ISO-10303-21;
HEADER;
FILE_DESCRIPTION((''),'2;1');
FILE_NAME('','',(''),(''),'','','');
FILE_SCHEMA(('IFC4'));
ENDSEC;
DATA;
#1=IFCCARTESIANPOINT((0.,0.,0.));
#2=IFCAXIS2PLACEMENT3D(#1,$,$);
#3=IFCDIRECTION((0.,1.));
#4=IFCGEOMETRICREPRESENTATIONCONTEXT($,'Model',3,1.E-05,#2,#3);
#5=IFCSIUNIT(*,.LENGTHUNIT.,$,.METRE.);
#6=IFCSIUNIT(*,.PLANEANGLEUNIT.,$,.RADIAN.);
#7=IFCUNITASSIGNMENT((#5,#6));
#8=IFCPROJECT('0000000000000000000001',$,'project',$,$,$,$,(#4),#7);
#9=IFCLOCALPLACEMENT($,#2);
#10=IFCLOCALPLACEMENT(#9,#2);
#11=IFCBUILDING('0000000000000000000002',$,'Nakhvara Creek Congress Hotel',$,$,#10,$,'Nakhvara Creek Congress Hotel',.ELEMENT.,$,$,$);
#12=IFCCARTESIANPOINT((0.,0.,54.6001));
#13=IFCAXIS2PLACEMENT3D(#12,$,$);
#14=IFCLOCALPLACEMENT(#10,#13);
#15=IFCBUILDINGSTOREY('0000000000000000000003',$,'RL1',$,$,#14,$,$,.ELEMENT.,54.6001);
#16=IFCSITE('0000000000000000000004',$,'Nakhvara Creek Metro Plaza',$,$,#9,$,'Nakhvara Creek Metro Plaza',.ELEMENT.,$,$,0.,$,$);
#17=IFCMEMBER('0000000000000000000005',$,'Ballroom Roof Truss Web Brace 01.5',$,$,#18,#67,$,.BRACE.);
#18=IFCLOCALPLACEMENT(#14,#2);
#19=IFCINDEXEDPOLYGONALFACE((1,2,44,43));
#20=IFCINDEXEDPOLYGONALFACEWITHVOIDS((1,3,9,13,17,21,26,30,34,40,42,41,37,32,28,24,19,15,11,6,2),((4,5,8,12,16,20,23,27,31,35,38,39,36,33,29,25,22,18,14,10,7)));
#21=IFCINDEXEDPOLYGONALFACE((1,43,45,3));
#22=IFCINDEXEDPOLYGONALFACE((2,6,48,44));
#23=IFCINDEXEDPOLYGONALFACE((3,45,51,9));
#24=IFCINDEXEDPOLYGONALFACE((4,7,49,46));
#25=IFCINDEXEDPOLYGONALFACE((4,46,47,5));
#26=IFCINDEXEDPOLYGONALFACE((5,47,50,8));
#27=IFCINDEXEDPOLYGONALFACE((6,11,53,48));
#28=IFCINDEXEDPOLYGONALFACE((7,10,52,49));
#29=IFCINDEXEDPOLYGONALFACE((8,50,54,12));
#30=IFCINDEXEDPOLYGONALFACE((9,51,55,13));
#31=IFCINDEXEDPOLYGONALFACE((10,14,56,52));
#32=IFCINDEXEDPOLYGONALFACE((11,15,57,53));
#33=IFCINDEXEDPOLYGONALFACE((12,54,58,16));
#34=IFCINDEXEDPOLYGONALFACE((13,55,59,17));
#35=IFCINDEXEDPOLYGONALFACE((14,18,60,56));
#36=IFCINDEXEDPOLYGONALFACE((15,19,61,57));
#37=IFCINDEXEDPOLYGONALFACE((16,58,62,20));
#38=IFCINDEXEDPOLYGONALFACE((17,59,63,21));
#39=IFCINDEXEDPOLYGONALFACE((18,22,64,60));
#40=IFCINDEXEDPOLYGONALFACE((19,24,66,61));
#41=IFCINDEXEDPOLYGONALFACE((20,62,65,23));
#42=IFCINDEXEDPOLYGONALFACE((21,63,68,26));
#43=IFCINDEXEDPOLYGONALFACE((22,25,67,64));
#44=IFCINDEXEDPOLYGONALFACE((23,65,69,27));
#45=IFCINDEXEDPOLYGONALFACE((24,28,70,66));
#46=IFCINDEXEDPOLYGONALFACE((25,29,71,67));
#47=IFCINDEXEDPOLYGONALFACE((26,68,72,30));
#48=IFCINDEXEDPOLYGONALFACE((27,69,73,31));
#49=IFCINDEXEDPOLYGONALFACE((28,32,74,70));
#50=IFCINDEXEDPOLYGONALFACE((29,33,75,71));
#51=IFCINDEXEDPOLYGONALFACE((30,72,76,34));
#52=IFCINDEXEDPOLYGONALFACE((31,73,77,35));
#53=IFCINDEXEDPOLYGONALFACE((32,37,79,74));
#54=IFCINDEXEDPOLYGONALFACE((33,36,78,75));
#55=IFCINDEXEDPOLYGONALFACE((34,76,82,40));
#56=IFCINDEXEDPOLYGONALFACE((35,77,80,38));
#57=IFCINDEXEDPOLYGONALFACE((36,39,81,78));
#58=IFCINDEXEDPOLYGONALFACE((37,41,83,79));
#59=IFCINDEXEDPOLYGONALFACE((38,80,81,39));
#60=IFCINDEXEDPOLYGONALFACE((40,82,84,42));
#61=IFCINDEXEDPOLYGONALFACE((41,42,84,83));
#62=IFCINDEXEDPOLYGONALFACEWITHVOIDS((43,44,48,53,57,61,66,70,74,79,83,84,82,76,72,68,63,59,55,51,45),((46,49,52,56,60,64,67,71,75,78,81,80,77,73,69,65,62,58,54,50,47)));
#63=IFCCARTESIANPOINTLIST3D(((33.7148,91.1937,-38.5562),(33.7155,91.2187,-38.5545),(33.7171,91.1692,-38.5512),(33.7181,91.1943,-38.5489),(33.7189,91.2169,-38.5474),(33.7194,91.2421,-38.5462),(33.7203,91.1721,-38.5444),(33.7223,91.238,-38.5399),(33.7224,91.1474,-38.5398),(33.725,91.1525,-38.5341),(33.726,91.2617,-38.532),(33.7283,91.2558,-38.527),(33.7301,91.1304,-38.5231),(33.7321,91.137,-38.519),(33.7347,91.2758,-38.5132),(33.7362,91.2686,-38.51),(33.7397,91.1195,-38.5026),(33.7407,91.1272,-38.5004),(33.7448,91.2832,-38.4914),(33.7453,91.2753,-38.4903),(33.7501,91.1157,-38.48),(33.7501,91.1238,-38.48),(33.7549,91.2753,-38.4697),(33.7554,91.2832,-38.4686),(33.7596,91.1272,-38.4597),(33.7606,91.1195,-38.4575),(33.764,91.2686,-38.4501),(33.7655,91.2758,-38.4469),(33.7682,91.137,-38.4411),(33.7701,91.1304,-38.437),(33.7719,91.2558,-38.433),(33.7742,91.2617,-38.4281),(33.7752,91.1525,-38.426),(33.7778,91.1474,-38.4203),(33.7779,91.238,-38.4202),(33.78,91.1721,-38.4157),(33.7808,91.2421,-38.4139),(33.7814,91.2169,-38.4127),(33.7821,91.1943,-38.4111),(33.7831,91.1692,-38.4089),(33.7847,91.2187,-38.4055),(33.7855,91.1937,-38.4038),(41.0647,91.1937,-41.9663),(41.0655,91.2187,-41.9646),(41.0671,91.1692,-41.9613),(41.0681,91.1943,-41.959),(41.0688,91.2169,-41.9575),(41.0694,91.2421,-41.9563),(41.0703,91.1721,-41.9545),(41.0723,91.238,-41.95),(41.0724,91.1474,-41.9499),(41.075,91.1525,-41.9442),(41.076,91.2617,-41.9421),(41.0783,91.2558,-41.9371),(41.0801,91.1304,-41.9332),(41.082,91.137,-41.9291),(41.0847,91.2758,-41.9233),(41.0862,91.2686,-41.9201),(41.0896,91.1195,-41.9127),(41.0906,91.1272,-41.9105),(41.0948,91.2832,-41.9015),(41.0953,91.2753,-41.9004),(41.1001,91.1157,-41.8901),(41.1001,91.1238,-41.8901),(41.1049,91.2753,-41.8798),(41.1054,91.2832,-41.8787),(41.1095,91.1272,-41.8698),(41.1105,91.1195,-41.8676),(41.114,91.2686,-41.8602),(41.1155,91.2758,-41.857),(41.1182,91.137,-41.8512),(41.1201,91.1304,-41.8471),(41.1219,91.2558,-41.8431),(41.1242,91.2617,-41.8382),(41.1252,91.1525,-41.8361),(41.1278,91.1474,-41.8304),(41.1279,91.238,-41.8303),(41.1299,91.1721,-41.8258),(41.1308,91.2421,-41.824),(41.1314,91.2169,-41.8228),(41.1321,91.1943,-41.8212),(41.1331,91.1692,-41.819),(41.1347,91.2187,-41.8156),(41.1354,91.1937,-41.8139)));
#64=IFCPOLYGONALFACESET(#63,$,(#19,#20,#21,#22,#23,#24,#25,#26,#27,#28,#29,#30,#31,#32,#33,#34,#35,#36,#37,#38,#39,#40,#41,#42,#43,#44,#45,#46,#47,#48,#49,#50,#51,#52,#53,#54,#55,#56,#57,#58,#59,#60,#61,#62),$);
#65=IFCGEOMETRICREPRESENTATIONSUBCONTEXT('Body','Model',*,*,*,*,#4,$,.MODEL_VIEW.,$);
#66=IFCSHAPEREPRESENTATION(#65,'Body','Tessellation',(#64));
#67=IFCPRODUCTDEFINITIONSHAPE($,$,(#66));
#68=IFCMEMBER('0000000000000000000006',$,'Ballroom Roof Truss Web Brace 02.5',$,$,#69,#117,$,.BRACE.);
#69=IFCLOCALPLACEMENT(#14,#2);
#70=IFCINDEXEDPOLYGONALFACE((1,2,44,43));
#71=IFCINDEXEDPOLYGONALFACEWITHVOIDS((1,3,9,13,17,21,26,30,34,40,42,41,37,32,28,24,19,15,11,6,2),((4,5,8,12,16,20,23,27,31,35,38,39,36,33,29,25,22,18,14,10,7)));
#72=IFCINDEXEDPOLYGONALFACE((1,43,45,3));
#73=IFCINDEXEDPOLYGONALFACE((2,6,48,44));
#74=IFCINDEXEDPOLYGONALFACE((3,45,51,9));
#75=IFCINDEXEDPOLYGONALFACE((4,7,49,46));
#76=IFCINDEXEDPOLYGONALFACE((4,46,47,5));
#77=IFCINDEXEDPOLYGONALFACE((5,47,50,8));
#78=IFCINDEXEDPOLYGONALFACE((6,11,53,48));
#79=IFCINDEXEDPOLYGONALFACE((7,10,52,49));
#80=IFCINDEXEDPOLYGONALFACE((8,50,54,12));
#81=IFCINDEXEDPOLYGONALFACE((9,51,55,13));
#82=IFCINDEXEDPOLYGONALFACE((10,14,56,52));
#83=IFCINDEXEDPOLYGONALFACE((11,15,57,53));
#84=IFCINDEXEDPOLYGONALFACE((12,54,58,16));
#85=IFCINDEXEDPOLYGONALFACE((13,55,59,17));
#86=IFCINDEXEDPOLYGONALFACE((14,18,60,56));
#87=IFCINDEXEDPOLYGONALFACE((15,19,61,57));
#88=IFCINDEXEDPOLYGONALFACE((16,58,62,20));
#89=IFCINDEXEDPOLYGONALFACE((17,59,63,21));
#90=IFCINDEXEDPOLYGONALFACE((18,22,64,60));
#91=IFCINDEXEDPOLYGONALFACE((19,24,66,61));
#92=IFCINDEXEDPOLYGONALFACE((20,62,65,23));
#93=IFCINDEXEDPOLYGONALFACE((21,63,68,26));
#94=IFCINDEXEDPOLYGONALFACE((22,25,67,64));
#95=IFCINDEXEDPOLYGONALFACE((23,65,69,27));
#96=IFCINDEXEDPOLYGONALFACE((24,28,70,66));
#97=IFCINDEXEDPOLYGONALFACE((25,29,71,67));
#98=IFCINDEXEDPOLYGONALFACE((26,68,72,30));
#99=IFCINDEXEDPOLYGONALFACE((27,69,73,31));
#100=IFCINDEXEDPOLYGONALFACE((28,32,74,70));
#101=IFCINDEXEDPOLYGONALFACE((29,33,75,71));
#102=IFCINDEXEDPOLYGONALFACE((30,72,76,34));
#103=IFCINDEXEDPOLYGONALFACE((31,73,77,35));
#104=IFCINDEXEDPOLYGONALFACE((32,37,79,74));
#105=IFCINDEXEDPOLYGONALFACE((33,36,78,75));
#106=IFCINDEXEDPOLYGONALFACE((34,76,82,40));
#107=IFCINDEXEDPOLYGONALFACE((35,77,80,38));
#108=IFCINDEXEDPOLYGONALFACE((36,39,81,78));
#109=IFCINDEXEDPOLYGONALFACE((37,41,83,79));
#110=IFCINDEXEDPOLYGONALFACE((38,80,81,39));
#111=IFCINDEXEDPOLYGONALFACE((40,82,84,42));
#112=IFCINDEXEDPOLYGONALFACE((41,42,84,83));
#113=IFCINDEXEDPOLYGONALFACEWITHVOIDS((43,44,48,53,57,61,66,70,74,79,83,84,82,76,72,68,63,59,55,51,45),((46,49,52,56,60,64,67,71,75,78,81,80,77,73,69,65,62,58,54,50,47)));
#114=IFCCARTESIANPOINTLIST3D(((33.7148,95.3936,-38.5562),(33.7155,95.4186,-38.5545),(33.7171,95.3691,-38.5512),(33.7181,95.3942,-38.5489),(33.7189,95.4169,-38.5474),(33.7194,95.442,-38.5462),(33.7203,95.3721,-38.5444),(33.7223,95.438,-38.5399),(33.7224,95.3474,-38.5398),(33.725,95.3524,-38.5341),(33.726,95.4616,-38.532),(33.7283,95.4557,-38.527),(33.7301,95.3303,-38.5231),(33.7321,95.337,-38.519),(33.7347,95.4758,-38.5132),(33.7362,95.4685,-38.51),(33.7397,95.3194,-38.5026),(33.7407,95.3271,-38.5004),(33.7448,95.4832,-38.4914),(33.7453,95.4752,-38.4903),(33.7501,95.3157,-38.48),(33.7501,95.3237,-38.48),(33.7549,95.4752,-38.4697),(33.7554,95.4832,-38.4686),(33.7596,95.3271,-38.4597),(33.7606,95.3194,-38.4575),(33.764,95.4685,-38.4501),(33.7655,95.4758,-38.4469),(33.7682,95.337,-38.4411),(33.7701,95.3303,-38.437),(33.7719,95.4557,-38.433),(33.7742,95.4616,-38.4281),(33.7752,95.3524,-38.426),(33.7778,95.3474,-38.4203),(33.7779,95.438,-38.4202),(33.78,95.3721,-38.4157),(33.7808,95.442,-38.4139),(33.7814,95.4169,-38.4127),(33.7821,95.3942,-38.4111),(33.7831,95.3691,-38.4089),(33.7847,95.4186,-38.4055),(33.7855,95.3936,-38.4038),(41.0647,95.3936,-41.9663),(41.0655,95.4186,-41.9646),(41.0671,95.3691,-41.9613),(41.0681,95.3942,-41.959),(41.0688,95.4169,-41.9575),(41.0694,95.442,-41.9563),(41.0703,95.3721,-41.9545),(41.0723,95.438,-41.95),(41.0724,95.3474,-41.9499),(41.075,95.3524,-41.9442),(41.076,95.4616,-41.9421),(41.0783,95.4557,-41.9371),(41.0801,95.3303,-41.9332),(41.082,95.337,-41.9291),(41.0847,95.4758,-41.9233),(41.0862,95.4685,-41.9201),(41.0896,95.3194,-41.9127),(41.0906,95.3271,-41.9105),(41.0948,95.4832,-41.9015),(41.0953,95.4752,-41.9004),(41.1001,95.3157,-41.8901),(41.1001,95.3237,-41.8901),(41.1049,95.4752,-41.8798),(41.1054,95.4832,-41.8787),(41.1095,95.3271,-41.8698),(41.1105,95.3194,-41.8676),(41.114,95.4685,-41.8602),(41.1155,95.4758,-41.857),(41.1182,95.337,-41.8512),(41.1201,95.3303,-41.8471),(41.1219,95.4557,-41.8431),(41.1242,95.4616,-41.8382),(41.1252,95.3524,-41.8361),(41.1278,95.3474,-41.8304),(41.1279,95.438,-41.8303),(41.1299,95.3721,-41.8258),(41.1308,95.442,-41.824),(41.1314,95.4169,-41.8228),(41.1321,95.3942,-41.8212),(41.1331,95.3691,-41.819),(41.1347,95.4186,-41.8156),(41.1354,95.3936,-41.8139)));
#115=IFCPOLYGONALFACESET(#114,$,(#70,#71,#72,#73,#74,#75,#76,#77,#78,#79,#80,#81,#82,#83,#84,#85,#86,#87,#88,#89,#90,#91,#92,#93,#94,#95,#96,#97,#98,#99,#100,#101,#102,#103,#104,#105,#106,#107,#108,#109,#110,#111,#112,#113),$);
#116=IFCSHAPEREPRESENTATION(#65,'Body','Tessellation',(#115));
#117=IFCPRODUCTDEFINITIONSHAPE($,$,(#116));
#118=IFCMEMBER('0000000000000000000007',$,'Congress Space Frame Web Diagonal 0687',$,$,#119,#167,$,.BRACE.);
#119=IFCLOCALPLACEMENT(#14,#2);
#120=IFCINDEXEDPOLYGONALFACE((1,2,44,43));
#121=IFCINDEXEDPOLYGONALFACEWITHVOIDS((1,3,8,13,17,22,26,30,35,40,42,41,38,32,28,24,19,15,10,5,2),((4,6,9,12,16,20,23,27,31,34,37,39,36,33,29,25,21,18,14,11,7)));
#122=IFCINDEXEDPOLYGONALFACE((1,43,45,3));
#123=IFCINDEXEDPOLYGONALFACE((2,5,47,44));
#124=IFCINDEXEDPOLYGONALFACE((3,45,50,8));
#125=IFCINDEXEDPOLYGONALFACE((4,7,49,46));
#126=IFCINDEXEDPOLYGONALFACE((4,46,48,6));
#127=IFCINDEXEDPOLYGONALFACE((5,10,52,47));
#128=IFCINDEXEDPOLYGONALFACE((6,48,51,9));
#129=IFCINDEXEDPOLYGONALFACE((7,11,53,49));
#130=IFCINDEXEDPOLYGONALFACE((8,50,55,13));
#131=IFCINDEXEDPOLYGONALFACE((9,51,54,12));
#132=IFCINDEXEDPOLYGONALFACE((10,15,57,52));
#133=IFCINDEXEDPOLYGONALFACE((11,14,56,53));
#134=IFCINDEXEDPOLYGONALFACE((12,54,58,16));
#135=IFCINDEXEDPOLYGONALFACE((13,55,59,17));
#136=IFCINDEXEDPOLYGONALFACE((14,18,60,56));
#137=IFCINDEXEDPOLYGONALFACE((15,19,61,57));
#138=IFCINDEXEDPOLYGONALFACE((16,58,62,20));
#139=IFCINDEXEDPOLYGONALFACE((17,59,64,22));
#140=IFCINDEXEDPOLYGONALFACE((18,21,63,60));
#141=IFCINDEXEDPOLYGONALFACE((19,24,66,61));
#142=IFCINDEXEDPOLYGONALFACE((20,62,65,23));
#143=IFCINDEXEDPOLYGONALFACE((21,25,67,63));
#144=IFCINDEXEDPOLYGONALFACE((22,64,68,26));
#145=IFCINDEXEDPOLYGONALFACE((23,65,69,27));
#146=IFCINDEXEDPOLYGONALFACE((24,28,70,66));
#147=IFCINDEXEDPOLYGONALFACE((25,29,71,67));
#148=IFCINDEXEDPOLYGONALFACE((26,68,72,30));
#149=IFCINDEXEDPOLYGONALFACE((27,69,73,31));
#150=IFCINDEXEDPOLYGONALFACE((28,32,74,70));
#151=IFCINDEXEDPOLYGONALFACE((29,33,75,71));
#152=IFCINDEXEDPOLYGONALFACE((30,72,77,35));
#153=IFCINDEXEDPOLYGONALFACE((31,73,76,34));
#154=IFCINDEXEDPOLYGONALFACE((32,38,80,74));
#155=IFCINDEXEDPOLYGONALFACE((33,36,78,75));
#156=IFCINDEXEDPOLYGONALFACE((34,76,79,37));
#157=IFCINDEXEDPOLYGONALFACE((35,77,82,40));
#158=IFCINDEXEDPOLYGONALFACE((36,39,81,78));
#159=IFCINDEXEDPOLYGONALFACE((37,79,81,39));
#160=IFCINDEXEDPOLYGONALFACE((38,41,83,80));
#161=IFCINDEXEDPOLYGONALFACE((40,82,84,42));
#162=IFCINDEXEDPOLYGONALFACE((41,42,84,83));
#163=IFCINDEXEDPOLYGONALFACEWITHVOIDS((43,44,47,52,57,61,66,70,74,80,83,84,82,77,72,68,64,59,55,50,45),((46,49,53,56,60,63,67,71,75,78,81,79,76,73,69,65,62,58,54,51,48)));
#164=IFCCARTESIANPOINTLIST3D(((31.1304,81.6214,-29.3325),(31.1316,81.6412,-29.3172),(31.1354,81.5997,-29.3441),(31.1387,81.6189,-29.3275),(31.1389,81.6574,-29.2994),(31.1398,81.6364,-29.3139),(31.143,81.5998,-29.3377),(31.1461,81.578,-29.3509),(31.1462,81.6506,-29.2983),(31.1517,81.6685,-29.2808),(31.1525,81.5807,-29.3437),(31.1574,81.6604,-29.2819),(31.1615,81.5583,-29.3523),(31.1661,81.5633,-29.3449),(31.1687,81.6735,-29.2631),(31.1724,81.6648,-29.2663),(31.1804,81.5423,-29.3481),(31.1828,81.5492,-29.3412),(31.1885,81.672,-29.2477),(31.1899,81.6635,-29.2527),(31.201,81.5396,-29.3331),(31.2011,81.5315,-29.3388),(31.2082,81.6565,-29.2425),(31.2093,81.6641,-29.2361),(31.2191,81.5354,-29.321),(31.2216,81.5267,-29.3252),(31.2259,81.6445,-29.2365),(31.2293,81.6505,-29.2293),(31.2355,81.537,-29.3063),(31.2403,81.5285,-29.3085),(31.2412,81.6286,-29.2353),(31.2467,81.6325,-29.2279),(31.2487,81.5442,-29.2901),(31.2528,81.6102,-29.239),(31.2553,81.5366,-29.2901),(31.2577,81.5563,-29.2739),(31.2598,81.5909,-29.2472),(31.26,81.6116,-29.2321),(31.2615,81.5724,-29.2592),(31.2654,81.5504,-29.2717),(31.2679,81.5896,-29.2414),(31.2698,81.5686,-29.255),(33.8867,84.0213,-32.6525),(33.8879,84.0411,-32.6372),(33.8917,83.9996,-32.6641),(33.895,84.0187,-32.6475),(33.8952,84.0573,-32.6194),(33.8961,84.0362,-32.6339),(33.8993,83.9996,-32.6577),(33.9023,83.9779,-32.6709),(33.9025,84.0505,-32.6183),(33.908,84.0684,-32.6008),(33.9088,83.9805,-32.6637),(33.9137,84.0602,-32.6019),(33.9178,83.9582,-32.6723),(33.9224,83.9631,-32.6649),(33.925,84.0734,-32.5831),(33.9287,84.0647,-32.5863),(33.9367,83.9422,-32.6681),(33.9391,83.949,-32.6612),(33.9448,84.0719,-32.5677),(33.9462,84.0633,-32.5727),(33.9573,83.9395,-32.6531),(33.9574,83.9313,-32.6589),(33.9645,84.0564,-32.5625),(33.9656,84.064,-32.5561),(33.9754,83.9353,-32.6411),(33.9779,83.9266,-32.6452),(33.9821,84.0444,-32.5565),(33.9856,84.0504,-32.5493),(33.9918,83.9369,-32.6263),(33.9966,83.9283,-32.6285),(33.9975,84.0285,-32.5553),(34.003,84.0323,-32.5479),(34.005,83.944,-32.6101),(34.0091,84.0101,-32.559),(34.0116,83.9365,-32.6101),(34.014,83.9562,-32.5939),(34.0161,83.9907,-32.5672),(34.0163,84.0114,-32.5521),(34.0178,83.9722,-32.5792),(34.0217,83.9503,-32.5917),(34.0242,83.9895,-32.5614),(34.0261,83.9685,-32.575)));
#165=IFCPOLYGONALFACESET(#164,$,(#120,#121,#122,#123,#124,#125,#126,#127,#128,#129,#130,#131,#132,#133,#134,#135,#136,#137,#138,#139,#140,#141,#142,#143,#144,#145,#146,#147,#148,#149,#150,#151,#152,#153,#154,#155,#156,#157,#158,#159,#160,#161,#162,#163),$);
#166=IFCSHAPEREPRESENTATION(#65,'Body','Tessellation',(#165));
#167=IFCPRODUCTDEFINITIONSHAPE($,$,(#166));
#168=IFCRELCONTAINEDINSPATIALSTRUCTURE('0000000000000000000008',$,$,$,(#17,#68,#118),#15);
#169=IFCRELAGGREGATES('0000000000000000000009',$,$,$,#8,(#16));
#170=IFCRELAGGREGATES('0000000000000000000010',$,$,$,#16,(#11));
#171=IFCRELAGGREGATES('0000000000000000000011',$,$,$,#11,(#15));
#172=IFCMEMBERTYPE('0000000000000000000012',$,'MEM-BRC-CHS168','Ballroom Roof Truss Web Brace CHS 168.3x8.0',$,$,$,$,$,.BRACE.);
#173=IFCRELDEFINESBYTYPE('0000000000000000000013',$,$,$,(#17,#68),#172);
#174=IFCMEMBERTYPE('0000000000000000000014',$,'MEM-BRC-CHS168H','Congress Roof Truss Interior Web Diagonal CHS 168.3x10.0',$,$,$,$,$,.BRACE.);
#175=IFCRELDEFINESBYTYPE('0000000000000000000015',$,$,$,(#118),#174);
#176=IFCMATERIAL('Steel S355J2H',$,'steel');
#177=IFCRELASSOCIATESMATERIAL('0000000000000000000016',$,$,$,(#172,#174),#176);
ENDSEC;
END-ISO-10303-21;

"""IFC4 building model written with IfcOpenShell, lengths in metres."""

from ifc_helpers import new_model, si_unit, direction, frame, origin, origin_2d, place, context, subcontext, project, spatial, hollow_circle, extrude, material, material_profile, profile_set, type_object, element, save


model = new_model("IFC4")

# Units and contexts
model_context = context("Model", 3, precision=1e-05, world=origin(), true_north=direction((0.0, 1.0)))
body_context = subcontext(model_context, "Body", "Model", "MODEL_VIEW")
ifc_project = project(units=[si_unit("LENGTHUNIT", "METRE"), si_unit("PLANEANGLEUNIT", "RADIAN")], contexts=[model_context])

# Site, building, storey
site_placement = place(None, origin())
site = spatial("IfcSite", under=ifc_project, at=site_placement, Name="Nakhvara Creek Metro Plaza", LongName="Nakhvara Creek Metro Plaza", CompositionType="ELEMENT", RefElevation=0.0)
building_placement = place(site_placement, origin())
building = spatial("IfcBuilding", under=site, at=building_placement, Name="Nakhvara Creek Congress Hotel", LongName="Nakhvara Creek Congress Hotel", CompositionType="ELEMENT")
storey_placement = place(building_placement, frame((0.0, 0.0, 54.6001)))
storey = spatial("IfcBuildingStorey", under=building, at=storey_placement, Name="RL1", CompositionType="ELEMENT", Elevation=54.6001)

# Members
ifc_material_1 = material(Name="Steel S355J2H", Category="steel")
ifc_material_profile_1 = material_profile(ifc_material_1, hollow_circle(Radius=0.0842, WallThickness=0.0081, at=origin_2d()), Name="CHS 168.3x8.0", Category="LoadBearing")
ifc_profile_set_1 = profile_set([ifc_material_profile_1], Name="Steel S355J2H")
member_type_1 = type_object("IfcMemberType", Name="MEM-BRC-CHS168", Description="Ballroom Roof Truss Web Brace CHS 168.3x8.0", PredefinedType="BRACE", material=ifc_profile_set_1)
for number, where, z_axis, x_axis, name in (
    (1, (41.1001, 91.2, -41.8901), (-0.907122, 0.0, 0.420869), (0.0, -1.0, 0.0), "Ballroom Roof Truss Web Brace 01.5"),
    (2, (41.1001, 95.3999, -41.8901), (-0.907122, 0.0, 0.420869), (0.0, -1.0, 0.0), "Ballroom Roof Truss Web Brace 02.5"),
):
    element("IfcMember", number, at=place(storey_placement, frame(where, z_axis=z_axis, x_axis=x_axis)), inside=storey, type_object=member_type_1, Name=name, PredefinedType="BRACE", context=body_context, shape_type="SweptSolid", body=[
        extrude(hollow_circle(Radius=0.0842, WallThickness=0.0081, at=origin_2d()), origin(), (0.0, 0.0, 1.0), 8.1025),
    ])
ifc_material_profile_2 = material_profile(ifc_material_1, hollow_circle(Radius=0.0842, WallThickness=0.01, at=origin_2d()), Name="CHS 168.3x10.0", Category="LoadBearing")
ifc_profile_set_2 = profile_set([ifc_material_profile_2], Name="Steel S355J2H")
member_type_2 = type_object("IfcMemberType", Name="MEM-BRC-CHS168H", Description="Congress Roof Truss Interior Web Diagonal CHS 168.3x10.0", PredefinedType="BRACE", material=ifc_profile_set_2)
member_1_placement = place(storey_placement, frame((33.9563, 84.0, -32.6101), z_axis=(-0.558237, -0.486047, 0.672406), x_axis=(0.656658, -0.754188, 0.0)))
element("IfcMember", 3, at=member_1_placement, inside=storey, type_object=member_type_2, Name="Congress Space Frame Web Diagonal 0687", PredefinedType="BRACE", context=body_context, shape_type="SweptSolid", body=[
    extrude(hollow_circle(Radius=0.0842, WallThickness=0.01, at=origin_2d()), origin(), (0.0, 0.0, 1.0), 4.9375),
])

save(model, "model.ifc")
